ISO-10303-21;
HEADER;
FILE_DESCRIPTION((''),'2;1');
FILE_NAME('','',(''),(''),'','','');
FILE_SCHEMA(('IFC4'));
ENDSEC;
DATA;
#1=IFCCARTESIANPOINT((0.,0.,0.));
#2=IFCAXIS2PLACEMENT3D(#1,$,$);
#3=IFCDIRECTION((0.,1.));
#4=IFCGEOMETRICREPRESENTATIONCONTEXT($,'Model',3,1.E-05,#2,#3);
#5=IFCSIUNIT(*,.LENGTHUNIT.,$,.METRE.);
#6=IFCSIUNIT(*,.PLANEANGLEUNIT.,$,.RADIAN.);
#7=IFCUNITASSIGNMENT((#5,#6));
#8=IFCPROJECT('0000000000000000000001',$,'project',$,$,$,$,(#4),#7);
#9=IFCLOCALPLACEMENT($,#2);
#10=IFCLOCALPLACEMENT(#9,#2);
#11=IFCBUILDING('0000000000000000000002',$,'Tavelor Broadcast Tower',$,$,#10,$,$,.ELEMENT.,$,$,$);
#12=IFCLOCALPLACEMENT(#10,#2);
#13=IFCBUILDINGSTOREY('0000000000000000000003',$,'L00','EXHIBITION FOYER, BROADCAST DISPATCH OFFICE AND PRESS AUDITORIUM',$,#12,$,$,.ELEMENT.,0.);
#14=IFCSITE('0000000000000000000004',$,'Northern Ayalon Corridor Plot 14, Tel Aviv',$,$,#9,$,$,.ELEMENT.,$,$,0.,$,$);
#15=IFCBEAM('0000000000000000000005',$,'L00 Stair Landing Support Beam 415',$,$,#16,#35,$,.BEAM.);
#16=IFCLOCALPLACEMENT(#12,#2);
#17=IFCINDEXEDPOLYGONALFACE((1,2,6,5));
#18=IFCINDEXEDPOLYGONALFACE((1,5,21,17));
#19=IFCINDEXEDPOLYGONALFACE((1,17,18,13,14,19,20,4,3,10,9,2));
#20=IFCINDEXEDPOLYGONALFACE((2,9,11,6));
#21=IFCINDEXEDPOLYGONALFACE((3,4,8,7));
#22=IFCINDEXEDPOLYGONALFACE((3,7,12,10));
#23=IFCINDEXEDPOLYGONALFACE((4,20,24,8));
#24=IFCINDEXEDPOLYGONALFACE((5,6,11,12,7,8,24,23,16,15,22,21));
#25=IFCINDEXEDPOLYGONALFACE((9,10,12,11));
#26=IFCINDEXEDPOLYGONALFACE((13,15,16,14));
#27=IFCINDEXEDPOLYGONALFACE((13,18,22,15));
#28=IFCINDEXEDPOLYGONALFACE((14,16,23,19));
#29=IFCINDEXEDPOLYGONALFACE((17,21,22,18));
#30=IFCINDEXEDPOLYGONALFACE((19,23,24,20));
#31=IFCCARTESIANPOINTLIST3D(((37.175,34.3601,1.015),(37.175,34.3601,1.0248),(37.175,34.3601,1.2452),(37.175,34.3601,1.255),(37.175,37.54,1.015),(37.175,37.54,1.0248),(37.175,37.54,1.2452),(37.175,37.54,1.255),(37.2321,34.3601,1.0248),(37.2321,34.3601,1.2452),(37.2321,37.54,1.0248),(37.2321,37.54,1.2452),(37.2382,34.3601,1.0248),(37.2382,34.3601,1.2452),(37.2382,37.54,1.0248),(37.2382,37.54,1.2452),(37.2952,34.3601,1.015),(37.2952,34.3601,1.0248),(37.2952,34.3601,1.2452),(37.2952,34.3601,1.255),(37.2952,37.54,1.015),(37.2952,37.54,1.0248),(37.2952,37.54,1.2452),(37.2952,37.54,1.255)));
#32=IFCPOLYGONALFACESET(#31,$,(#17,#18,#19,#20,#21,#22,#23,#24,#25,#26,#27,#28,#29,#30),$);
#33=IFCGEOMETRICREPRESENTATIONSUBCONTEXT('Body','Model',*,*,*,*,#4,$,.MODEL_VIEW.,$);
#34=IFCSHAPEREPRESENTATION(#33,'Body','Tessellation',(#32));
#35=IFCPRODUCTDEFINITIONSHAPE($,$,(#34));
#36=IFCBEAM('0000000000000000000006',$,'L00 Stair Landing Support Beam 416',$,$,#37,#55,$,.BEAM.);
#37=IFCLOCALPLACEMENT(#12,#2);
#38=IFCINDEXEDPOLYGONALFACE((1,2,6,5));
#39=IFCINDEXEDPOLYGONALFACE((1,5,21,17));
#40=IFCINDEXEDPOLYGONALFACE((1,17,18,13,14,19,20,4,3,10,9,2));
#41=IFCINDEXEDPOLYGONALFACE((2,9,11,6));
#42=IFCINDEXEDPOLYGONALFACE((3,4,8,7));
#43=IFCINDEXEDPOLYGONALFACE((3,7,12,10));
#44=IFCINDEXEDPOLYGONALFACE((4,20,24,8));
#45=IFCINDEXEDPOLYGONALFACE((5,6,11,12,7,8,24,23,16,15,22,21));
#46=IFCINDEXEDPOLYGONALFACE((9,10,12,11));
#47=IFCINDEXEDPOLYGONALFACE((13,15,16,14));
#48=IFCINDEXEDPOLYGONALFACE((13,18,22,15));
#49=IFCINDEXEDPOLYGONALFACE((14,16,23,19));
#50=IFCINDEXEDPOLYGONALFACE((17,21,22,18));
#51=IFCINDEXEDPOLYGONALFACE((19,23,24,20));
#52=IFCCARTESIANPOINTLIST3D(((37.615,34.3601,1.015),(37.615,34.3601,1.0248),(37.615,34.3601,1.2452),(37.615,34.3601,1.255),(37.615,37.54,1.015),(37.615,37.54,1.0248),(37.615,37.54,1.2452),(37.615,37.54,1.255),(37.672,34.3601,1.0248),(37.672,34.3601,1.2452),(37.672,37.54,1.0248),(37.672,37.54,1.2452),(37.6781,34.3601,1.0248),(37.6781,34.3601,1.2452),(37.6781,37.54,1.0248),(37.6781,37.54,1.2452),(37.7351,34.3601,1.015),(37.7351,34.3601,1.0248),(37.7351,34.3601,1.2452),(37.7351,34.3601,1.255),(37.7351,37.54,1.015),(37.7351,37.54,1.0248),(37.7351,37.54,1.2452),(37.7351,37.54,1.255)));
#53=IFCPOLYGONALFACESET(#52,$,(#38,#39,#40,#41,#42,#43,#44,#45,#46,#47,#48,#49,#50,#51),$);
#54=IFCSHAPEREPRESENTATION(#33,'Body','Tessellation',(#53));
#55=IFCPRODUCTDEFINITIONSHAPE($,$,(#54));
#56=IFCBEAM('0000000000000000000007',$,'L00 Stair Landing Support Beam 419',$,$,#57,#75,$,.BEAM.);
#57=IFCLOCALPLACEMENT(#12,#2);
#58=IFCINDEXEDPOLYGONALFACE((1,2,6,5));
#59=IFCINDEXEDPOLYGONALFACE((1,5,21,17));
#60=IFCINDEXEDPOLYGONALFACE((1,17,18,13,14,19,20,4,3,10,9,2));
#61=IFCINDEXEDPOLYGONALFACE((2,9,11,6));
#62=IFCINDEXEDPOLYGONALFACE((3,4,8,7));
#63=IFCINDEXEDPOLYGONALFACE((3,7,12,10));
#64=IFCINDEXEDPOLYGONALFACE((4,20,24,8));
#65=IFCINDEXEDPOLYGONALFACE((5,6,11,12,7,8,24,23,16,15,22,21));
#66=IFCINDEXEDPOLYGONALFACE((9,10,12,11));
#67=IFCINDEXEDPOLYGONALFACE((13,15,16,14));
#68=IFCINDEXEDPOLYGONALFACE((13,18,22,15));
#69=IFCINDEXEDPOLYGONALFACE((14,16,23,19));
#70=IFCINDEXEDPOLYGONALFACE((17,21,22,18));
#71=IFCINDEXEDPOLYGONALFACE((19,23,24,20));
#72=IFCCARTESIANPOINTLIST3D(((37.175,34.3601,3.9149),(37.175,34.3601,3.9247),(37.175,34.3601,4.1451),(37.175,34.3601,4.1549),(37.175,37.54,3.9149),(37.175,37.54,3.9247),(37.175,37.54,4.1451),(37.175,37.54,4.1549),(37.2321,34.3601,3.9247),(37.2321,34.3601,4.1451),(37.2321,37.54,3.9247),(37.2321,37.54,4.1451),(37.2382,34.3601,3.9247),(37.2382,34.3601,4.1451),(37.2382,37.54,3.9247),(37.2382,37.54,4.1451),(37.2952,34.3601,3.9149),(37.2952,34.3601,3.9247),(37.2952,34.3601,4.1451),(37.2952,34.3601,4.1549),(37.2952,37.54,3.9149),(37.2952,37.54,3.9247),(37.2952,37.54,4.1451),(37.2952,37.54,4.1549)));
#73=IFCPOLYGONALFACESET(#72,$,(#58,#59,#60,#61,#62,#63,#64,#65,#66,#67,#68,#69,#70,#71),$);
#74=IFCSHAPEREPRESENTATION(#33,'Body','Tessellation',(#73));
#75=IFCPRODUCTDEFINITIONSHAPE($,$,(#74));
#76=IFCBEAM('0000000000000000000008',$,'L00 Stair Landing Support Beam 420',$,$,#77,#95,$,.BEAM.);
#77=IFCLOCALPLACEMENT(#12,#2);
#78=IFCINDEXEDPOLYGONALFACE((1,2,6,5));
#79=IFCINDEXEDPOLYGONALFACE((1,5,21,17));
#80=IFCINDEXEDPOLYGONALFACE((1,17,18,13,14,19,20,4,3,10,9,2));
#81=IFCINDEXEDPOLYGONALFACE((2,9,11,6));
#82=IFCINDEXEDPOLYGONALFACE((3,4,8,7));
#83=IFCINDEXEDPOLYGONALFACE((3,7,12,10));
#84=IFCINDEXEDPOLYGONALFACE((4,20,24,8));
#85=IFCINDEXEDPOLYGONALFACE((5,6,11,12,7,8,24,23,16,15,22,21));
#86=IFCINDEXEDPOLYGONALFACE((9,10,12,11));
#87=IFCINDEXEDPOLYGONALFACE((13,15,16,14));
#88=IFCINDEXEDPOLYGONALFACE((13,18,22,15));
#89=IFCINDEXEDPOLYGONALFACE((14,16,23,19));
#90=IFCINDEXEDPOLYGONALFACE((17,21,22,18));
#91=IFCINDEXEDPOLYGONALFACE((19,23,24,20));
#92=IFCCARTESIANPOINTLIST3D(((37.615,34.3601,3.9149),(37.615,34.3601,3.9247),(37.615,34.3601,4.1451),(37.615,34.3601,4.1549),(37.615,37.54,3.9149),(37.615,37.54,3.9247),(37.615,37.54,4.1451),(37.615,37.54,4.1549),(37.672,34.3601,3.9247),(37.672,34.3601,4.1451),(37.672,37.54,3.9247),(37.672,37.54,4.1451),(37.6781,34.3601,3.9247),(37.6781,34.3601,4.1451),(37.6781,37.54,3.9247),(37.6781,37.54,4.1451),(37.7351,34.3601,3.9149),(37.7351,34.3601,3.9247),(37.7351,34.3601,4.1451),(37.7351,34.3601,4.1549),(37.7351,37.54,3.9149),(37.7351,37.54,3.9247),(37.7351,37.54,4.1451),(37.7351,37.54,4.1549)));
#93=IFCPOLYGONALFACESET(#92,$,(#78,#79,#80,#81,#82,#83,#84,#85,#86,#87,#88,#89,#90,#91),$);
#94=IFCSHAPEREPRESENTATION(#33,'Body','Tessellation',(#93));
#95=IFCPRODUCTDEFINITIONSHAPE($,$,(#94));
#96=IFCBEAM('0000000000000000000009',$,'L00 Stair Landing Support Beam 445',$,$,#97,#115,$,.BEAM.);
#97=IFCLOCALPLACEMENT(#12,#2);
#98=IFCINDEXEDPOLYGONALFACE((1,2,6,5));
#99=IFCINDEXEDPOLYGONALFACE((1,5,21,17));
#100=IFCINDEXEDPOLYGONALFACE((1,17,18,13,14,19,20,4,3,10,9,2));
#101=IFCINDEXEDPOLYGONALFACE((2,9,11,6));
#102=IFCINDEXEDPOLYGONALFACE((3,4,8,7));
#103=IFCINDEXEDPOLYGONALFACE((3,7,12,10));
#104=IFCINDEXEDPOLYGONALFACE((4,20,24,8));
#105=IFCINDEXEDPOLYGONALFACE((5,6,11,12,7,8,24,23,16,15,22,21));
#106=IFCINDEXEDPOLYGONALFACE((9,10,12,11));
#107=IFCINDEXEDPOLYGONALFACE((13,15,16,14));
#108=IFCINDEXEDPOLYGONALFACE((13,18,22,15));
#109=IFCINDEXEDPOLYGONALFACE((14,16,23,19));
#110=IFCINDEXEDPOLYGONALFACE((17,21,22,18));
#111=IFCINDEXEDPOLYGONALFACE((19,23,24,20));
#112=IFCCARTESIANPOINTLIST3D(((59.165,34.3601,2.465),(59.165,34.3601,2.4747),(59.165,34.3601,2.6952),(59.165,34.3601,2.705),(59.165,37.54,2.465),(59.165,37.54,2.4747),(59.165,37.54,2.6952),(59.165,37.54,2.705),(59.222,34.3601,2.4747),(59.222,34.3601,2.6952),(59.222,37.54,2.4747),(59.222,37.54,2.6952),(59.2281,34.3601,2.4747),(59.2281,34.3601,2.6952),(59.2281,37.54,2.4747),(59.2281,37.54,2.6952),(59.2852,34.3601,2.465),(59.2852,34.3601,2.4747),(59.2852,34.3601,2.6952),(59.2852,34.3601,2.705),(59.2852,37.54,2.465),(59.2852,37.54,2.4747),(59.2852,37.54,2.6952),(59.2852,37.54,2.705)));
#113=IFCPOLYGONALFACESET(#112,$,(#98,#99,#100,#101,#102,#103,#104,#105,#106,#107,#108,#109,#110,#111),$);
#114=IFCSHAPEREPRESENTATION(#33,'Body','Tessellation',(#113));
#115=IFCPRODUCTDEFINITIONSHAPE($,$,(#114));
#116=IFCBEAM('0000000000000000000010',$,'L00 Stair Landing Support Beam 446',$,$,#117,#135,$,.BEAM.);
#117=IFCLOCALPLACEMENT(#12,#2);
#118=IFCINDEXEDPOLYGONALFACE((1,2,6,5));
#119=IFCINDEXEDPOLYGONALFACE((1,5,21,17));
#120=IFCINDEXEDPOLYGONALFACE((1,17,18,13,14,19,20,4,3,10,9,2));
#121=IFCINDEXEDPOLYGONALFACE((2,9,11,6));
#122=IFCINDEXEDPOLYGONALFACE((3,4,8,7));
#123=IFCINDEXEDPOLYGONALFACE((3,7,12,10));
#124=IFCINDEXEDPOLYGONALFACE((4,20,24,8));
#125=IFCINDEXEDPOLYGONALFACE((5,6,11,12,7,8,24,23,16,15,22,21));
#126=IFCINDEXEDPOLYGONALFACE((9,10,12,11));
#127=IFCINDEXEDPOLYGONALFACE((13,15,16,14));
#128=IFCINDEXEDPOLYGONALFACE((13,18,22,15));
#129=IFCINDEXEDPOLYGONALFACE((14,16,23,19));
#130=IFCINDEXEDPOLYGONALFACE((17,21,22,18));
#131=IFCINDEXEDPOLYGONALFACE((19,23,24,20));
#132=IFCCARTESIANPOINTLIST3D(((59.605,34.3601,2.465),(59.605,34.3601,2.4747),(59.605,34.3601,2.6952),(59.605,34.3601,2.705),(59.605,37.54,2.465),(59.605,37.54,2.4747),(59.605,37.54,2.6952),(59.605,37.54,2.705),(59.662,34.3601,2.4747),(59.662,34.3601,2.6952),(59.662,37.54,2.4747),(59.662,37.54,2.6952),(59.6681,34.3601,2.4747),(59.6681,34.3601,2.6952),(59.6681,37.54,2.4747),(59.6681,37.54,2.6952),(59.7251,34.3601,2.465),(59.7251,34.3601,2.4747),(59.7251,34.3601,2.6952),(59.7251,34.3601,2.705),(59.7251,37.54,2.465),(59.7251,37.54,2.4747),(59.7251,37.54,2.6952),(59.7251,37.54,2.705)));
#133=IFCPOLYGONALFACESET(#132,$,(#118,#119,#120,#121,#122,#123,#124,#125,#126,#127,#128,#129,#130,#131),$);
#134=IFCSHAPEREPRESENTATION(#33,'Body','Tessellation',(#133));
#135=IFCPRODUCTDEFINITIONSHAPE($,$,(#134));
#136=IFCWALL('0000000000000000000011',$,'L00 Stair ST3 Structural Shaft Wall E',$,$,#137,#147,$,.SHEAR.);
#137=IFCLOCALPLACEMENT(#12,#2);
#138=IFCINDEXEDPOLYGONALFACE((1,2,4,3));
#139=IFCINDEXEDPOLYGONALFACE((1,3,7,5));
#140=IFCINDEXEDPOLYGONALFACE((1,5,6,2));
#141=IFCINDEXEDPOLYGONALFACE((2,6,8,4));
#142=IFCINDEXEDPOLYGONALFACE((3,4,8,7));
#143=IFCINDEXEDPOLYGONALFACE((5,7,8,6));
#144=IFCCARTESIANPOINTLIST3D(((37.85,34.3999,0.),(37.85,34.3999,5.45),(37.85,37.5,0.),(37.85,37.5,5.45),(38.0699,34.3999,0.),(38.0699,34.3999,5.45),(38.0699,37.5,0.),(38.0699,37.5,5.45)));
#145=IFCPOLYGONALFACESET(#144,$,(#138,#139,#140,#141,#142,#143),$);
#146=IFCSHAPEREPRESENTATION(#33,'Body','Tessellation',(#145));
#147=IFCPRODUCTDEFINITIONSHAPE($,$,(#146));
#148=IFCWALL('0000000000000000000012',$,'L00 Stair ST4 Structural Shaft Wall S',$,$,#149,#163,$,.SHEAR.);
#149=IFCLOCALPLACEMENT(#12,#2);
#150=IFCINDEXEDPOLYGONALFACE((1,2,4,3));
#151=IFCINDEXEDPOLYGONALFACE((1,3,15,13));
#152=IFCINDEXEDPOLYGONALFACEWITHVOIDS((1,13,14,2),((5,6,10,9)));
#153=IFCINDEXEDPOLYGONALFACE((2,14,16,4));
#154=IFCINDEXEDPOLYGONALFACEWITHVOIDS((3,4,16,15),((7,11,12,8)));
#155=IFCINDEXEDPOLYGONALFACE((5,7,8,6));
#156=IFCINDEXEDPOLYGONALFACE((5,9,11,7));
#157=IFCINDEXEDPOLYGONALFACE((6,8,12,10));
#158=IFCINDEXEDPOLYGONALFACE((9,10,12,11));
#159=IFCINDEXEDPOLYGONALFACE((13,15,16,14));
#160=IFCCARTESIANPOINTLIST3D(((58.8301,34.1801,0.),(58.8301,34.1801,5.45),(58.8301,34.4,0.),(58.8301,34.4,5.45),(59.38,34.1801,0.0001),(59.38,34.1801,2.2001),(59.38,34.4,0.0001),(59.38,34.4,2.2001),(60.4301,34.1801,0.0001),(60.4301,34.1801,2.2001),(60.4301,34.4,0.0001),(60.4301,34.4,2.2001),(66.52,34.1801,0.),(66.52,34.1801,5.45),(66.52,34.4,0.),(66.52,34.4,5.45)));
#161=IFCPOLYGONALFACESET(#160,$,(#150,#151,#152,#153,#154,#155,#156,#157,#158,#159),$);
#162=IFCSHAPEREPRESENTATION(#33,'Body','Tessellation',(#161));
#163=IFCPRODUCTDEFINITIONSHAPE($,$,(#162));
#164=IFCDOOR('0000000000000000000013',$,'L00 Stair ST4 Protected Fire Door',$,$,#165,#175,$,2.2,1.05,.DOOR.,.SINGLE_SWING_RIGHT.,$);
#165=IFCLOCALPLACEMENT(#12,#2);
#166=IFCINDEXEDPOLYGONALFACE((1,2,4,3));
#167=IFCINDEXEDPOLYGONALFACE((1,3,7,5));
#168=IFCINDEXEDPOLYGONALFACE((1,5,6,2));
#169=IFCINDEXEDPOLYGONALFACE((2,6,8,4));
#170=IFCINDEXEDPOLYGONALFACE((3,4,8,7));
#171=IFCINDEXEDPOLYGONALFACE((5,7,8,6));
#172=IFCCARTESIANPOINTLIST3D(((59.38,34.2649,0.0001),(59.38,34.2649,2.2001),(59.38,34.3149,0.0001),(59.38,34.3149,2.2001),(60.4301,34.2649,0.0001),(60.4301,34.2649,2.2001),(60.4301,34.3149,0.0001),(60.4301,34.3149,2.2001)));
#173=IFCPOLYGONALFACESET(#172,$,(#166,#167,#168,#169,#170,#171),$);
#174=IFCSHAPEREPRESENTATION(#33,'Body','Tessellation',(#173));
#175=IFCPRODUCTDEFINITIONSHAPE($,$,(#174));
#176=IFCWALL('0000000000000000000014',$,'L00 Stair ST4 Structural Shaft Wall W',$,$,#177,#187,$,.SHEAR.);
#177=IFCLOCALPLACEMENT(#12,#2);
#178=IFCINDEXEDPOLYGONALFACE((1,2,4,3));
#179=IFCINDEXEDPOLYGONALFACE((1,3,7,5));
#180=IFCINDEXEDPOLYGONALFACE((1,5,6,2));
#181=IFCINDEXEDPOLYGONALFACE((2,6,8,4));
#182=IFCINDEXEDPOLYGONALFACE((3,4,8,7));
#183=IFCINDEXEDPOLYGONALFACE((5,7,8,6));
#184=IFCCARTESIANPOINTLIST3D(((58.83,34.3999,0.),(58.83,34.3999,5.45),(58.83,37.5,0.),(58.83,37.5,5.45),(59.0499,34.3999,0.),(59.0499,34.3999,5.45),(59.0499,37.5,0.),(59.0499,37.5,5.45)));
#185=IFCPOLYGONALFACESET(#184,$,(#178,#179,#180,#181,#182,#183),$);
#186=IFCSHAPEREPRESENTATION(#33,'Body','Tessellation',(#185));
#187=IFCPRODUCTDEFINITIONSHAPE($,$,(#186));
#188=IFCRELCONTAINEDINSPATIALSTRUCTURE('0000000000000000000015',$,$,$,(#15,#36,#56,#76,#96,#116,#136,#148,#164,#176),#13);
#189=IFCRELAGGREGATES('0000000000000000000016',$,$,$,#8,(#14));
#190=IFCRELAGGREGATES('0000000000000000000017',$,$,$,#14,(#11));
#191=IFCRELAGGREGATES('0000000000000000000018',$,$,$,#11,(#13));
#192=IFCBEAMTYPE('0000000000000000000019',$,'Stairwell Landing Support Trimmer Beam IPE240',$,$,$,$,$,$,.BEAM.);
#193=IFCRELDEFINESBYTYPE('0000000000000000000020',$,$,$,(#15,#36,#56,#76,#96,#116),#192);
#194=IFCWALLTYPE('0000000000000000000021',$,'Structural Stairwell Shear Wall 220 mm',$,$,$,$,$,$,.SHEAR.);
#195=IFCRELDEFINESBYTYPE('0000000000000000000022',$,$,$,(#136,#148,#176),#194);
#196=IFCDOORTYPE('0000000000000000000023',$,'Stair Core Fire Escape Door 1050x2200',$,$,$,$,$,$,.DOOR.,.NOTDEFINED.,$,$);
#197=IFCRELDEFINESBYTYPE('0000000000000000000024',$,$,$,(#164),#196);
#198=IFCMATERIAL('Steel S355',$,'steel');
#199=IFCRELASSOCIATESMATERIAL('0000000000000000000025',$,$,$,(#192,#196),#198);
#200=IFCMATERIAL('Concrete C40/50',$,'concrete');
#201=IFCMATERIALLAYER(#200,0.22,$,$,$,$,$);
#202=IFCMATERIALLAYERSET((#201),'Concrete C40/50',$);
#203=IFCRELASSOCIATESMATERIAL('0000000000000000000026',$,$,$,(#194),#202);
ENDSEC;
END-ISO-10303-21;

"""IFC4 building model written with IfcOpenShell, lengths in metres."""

from ifc_helpers import new_model, si_unit, direction, frame, frame_2d, origin, origin_2d, place, context, subcontext, project, spatial, rectangle, i_section, extrude, material, layer, layer_set, material_profile, profile_set, type_object, element, fill, save


model = new_model("IFC4")

# Units and contexts
model_context = context("Model", 3, precision=1e-05, world=origin(), true_north=direction((0.0, 1.0)))
body_context = subcontext(model_context, "Body", "Model", "MODEL_VIEW")
ifc_project = project(units=[si_unit("LENGTHUNIT", "METRE"), si_unit("PLANEANGLEUNIT", "RADIAN")], contexts=[model_context])

# Site, building, storey
site_placement = place(None, origin())
site = spatial("IfcSite", under=ifc_project, at=site_placement, Name="Northern Ayalon Corridor Plot 14, Tel Aviv", CompositionType="ELEMENT", RefElevation=0.0)
building_placement = place(site_placement, origin())
building = spatial("IfcBuilding", under=site, at=building_placement, Name="Tavelor Broadcast Tower", CompositionType="ELEMENT")
storey_placement = place(building_placement, origin())
storey = spatial("IfcBuildingStorey", under=building, at=storey_placement, Name="L00", Description="EXHIBITION FOYER, BROADCAST DISPATCH OFFICE AND PRESS AUDITORIUM", CompositionType="ELEMENT", Elevation=0.0)

# Beams
ifc_material_1 = material(Name="Steel S355", Category="steel")
ifc_material_profile = material_profile(ifc_material_1, i_section(OverallWidth=0.1201, OverallDepth=0.24, WebThickness=0.0061, FlangeThickness=0.0098, at=origin_2d()), Name="IPE 240")
ifc_profile_set = profile_set([ifc_material_profile], Name="Steel S355")
beam_type = type_object("IfcBeamType", Name="Stairwell Landing Support Trimmer Beam IPE240", PredefinedType="BEAM", material=ifc_profile_set)
for number, where, z_axis, x_axis, name in (
    (1, (37.2351, 34.3601, 1.135), (0.0, 1.0, 0.0), (-1.0, 0.0, 0.0), "L00 Stair Landing Support Beam 415"),
    (2, (37.675, 34.3601, 1.135), (0.0, 1.0, 0.0), (-1.0, 0.0, 0.0), "L00 Stair Landing Support Beam 416"),
    (3, (37.2351, 34.3601, 4.0349), (0.0, 1.0, 0.0), (-1.0, 0.0, 0.0), "L00 Stair Landing Support Beam 419"),
    (4, (37.675, 34.3601, 4.0349), (0.0, 1.0, 0.0), (-1.0, 0.0, 0.0), "L00 Stair Landing Support Beam 420"),
    (5, (59.2251, 34.3601, 2.585), (0.0, 1.0, 0.0), (-1.0, 0.0, 0.0), "L00 Stair Landing Support Beam 445"),
    (6, (59.665, 34.3601, 2.585), (0.0, 1.0, 0.0), (-1.0, 0.0, 0.0), "L00 Stair Landing Support Beam 446"),
):
    element("IfcBeam", number, at=place(storey_placement, frame(where, z_axis=z_axis, x_axis=x_axis)), inside=storey, type_object=beam_type, Name=name, PredefinedType="BEAM", context=body_context, shape_type="SweptSolid", body=[
        extrude(i_section(OverallWidth=0.1201, OverallDepth=0.24, WebThickness=0.0061, FlangeThickness=0.0098, at=origin_2d()), origin(), (0.0, 0.0, 1.0), 3.1799),
    ])

# Wall
ifc_material_2 = material(Name="Concrete C40/50", Category="concrete")
ifc_layer_1 = layer(ifc_material_2, 0.22)
ifc_layer_set_1 = layer_set([ifc_layer_1], Name="Concrete C40/50")
wall_type = type_object("IfcWallType", Name="Structural Stairwell Shear Wall 220 mm", PredefinedType="SHEAR", material=ifc_layer_set_1)
wall_1_placement = place(storey_placement, frame((37.96, 34.3999, 0.0), z_axis=(0.0, 0.0, 1.0), x_axis=(0.0, 1.0, 0.0)))
element("IfcWall", 7, at=wall_1_placement, inside=storey, type_object=wall_type, Name="L00 Stair ST3 Structural Shaft Wall E", PredefinedType="SHEAR", context=body_context, shape_type="SweptSolid", body=[
    extrude(rectangle(XDim=3.1001, YDim=0.22, at=frame_2d((1.55, 0.0))), origin(), (0.0, 0.0, 1.0), 5.45),
])

# Wall, opening, door
wall_2_placement = place(storey_placement, frame((58.8301, 34.29, 0.0), z_axis=(0.0, 0.0, 1.0), x_axis=(1.0, 0.0, 0.0)))
wall_2 = element("IfcWall", 8, at=wall_2_placement, inside=storey, type_object=wall_type, Name="L00 Stair ST4 Structural Shaft Wall S", PredefinedType="SHEAR", context=body_context, shape_type="SweptSolid", body=[
    extrude(rectangle(XDim=7.6899, YDim=0.22, at=frame_2d((3.845, 0.0))), origin(), (0.0, 0.0, 1.0), 5.45),
])
opening_placement = place(wall_2_placement, frame((0.55, 0.0, 0.0)))
opening = element("IfcOpeningElement", 9, at=opening_placement, cuts=wall_2, PredefinedType="OPENING", context=body_context, shape_type="SweptSolid", body=[
    extrude(rectangle(XDim=1.05, YDim=2.2, at=frame_2d((0.5249, 1.1001))), frame((0.0, 0.1201, 0.0), z_axis=(0.0, -1.0, 0.0), x_axis=(1.0, 0.0, 0.0)), (0.0, 0.0, 1.0), 0.24),
])
door_type = type_object("IfcDoorType", Name="Stair Core Fire Escape Door 1050x2200", OperationType="NOTDEFINED", PredefinedType="DOOR", material=ifc_material_1)
door_placement = place(opening_placement, origin())
door = element("IfcDoor", 10, at=door_placement, inside=storey, type_object=door_type, Name="L00 Stair ST4 Protected Fire Door", OperationType="SINGLE_SWING_RIGHT", OverallHeight=2.2, OverallWidth=1.05, PredefinedType="DOOR", context=body_context, shape_type="SweptSolid", body=[
    extrude(rectangle(XDim=1.05, YDim=2.2, at=frame_2d((0.5249, 1.1001))), frame((0.0, 0.0249, 0.0), z_axis=(0.0, -1.0, 0.0), x_axis=(1.0, 0.0, 0.0)), (0.0, 0.0, 1.0), 0.05),
])
fill(opening, door)

# Wall
wall_3_placement = place(storey_placement, frame((58.9399, 34.3999, 0.0), z_axis=(0.0, 0.0, 1.0), x_axis=(0.0, 1.0, 0.0)))
element("IfcWall", 11, at=wall_3_placement, inside=storey, type_object=wall_type, Name="L00 Stair ST4 Structural Shaft Wall W", PredefinedType="SHEAR", context=body_context, shape_type="SweptSolid", body=[
    extrude(rectangle(XDim=3.1001, YDim=0.22, at=frame_2d((1.55, 0.0))), origin(), (0.0, 0.0, 1.0), 5.45),
])

save(model, "model.ifc")
